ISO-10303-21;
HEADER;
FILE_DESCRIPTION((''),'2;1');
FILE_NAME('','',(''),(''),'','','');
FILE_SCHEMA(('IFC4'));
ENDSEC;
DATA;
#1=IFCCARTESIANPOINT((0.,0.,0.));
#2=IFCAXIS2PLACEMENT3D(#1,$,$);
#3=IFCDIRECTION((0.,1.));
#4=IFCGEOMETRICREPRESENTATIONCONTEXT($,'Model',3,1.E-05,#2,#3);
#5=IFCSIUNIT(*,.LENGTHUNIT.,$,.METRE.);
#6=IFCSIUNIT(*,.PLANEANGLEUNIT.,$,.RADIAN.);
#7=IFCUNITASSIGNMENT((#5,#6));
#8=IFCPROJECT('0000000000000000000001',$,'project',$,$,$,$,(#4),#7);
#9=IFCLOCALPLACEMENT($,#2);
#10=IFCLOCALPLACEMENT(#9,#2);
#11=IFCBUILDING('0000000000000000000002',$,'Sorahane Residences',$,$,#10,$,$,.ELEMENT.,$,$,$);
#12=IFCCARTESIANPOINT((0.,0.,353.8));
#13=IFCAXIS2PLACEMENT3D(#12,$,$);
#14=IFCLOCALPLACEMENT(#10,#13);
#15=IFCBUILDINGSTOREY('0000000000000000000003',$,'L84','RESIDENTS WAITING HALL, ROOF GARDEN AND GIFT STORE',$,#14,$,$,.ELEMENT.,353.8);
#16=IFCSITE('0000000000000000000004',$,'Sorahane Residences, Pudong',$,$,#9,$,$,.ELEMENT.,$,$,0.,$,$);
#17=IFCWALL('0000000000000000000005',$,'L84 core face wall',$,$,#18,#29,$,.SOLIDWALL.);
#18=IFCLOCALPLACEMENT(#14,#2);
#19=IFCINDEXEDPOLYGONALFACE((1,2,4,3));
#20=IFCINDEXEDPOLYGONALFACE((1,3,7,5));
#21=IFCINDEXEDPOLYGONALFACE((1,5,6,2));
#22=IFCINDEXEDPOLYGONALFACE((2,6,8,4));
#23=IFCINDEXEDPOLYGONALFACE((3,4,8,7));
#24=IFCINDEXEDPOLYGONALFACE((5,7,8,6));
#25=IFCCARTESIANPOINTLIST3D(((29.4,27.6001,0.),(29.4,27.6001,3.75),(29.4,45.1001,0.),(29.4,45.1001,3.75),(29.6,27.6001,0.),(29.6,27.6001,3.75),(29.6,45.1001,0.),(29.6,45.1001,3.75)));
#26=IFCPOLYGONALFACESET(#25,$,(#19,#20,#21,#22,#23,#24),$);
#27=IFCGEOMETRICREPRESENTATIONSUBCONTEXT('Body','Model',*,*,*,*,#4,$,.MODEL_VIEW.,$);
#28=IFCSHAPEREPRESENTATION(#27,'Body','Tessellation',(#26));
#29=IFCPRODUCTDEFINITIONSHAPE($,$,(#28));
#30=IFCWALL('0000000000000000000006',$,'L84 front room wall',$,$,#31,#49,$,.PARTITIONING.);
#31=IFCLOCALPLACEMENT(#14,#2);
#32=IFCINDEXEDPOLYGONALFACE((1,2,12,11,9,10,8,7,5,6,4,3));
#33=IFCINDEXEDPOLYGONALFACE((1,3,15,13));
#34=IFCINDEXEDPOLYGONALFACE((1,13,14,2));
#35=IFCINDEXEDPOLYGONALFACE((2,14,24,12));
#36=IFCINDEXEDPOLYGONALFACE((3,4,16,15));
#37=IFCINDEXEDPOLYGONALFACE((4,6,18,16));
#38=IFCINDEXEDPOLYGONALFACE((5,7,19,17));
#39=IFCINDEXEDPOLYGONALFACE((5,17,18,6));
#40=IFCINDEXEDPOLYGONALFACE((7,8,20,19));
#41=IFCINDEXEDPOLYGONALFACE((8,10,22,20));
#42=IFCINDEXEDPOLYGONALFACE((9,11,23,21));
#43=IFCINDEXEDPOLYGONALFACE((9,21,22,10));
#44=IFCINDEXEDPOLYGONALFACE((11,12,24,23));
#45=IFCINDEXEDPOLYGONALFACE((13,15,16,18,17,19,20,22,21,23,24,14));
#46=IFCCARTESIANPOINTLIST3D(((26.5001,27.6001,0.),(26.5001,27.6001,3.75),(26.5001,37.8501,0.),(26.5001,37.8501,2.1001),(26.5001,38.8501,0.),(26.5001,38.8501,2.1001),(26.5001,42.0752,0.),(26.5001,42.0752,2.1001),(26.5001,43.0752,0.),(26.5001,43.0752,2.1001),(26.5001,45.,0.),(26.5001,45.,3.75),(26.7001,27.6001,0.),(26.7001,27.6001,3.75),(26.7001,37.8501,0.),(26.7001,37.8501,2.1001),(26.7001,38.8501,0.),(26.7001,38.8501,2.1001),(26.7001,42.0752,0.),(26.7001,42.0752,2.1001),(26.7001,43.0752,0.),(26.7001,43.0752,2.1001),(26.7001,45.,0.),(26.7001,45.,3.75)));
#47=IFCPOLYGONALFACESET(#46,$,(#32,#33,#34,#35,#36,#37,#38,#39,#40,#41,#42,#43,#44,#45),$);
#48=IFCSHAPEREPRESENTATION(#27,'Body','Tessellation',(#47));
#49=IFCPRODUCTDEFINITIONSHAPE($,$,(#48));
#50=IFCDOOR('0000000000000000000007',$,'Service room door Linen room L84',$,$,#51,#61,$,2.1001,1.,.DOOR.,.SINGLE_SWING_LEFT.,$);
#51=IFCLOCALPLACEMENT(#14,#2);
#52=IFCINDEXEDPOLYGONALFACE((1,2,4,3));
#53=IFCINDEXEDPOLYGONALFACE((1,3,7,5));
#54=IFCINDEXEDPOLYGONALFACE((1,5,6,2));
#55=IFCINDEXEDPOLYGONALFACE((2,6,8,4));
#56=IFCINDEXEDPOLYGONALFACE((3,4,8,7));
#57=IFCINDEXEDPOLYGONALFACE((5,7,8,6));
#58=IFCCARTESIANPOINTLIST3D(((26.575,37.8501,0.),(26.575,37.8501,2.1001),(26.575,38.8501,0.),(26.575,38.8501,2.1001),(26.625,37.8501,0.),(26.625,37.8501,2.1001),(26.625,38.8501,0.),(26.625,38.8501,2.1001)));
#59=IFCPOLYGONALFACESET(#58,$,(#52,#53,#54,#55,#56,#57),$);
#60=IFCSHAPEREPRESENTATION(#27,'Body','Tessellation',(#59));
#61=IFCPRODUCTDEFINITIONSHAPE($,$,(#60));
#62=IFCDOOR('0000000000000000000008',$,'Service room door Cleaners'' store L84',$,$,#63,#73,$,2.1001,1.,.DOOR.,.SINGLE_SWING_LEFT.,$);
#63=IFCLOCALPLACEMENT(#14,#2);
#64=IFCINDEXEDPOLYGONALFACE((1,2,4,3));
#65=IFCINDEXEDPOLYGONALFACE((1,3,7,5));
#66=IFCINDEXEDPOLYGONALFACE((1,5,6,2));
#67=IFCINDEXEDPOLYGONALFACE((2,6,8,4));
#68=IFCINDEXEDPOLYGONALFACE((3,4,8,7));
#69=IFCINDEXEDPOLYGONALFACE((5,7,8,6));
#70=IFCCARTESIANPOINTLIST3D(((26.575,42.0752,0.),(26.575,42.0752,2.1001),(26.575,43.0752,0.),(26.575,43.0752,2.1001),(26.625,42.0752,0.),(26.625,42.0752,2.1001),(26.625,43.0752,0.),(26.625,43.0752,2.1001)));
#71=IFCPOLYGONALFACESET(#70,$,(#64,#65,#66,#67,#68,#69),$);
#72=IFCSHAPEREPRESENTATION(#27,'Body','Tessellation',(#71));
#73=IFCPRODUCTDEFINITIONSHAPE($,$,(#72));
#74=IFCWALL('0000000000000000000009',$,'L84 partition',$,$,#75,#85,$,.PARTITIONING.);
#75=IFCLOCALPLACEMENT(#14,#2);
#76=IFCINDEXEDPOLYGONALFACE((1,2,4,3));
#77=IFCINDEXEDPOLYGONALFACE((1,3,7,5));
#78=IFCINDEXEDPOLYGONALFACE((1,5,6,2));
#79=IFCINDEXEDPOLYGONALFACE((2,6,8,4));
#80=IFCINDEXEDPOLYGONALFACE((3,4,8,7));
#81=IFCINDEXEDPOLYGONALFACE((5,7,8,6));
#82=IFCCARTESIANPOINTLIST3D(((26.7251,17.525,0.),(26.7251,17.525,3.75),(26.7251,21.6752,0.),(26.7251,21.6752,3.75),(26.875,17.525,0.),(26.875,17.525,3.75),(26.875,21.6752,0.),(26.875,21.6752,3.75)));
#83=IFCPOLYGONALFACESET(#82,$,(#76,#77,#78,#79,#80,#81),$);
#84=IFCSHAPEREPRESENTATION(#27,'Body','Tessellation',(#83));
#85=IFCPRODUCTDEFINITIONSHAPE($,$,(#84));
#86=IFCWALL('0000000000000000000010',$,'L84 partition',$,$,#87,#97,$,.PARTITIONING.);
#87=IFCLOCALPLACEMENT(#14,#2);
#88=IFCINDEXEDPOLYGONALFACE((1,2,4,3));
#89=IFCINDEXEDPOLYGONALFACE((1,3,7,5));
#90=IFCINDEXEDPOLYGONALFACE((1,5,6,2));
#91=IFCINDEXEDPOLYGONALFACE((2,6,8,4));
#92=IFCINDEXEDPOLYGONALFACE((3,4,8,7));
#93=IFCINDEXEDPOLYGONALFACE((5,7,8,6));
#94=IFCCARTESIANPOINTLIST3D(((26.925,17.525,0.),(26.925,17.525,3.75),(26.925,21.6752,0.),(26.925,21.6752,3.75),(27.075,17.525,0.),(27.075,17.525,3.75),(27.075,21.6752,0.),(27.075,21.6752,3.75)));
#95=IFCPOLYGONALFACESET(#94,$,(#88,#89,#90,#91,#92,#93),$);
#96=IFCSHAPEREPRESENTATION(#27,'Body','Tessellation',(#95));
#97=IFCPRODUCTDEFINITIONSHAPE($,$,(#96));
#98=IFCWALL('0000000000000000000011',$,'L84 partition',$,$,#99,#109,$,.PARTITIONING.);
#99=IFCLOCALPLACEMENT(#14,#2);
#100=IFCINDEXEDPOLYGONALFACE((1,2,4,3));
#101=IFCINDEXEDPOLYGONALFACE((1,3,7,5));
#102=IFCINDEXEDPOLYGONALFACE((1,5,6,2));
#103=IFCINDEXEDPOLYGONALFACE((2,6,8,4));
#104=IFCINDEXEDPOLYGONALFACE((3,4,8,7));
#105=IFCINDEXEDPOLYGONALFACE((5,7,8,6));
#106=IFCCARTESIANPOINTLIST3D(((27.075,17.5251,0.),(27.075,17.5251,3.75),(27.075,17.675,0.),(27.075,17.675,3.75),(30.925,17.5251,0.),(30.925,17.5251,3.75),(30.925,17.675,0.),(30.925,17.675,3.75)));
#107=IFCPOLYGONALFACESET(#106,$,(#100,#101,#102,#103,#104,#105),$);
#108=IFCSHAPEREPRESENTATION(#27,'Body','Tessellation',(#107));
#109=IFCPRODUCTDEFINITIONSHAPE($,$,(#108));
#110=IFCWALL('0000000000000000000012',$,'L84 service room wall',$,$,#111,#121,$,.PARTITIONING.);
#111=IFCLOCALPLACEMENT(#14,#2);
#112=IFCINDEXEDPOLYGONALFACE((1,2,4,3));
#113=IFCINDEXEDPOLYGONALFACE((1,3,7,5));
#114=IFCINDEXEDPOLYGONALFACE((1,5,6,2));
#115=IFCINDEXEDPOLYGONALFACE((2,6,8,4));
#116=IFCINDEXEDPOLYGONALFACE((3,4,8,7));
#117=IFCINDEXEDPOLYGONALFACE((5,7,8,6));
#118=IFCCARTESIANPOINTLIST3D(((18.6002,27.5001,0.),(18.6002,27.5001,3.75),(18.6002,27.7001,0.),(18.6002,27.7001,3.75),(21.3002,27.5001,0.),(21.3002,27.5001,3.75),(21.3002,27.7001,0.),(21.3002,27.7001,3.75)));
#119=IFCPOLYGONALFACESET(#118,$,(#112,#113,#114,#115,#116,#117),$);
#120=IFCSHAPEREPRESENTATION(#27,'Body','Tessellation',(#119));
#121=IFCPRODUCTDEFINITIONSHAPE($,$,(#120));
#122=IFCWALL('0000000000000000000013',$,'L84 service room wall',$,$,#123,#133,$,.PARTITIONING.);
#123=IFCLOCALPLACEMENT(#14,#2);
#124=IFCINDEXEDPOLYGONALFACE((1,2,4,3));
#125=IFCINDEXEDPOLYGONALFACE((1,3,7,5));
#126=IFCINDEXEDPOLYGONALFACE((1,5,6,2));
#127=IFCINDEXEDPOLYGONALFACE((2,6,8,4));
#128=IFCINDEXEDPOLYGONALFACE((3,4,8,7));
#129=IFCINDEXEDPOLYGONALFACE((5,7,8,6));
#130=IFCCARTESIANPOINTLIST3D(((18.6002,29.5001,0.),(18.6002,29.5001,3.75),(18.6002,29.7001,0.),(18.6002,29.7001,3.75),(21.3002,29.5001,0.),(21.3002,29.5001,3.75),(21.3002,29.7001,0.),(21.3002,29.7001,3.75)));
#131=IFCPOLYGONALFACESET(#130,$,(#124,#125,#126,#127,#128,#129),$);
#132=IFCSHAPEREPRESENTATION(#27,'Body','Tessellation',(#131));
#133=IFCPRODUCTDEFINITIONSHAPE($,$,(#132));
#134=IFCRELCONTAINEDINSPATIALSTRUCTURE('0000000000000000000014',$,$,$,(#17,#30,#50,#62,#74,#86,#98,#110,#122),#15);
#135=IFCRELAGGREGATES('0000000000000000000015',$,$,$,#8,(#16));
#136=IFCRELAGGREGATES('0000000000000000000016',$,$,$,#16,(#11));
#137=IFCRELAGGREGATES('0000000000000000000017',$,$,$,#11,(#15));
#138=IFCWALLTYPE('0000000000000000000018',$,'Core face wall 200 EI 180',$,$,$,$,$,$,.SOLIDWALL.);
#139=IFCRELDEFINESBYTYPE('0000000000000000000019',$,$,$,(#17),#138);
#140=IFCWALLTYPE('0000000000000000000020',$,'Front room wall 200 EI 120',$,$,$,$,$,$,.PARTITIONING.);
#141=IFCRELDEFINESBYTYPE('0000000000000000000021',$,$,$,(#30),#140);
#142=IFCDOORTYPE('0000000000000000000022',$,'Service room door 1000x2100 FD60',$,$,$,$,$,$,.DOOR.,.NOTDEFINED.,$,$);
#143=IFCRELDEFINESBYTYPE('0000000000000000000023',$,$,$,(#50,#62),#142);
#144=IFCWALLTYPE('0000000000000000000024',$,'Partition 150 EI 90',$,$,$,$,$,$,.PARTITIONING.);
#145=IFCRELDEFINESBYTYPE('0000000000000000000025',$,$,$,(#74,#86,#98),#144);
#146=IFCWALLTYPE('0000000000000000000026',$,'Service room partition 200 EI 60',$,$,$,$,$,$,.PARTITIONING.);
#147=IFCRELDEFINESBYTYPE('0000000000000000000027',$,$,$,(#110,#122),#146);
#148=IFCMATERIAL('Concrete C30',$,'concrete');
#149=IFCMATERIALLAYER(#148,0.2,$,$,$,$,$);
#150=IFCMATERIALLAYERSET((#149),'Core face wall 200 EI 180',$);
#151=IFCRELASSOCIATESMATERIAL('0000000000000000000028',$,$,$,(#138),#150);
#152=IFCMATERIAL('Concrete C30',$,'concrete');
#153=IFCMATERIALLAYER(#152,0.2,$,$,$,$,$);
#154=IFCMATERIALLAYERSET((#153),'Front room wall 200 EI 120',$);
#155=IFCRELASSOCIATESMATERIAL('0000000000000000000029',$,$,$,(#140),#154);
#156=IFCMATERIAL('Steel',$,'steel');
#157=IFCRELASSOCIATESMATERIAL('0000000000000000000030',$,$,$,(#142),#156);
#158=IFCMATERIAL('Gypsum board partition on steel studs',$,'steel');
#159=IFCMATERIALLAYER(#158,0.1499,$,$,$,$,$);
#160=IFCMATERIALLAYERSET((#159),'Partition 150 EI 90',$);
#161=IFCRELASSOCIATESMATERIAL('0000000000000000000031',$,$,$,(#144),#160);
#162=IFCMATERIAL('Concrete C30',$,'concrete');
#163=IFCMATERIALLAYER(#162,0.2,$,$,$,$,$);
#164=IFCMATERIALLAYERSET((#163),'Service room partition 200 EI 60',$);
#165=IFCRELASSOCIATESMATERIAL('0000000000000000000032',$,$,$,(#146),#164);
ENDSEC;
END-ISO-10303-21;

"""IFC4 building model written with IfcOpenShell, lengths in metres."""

from ifc_helpers import new_model, si_unit, direction, frame, frame_2d, origin, place, context, subcontext, project, spatial, rectangle, extrude, material, layer, layer_set, type_object, element, fill, save


model = new_model("IFC4")

# Units and contexts
model_context = context("Model", 3, precision=1e-05, world=origin(), true_north=direction((0.0, 1.0)))
body_context = subcontext(model_context, "Body", "Model", "MODEL_VIEW")
ifc_project = project(units=[si_unit("LENGTHUNIT", "METRE"), si_unit("PLANEANGLEUNIT", "RADIAN")], contexts=[model_context])

# Site, building, storey
site_placement = place(None, origin())
site = spatial("IfcSite", under=ifc_project, at=site_placement, Name="Sorahane Residences, Pudong", CompositionType="ELEMENT", RefElevation=0.0)
building_placement = place(site_placement, origin())
building = spatial("IfcBuilding", under=site, at=building_placement, Name="Sorahane Residences", CompositionType="ELEMENT")
storey_placement = place(building_placement, frame((0.0, 0.0, 353.8)))
storey = spatial("IfcBuildingStorey", under=building, at=storey_placement, Name="L84", Description="RESIDENTS WAITING HALL, ROOF GARDEN AND GIFT STORE", CompositionType="ELEMENT", Elevation=353.8)

# Wall
ifc_material_1 = material(Name="Concrete C30", Category="concrete")
ifc_layer_1 = layer(ifc_material_1, 0.2)
ifc_layer_set_1 = layer_set([ifc_layer_1], Name="Core face wall 200 EI 180")
wall_type_1 = type_object("IfcWallType", Name="Core face wall 200 EI 180", PredefinedType="SOLIDWALL", material=ifc_layer_set_1)
for number, where, z_axis, x_axis, name in (
    (1, (29.5, 27.6001, 0.0), (0.0, 0.0, 1.0), (0.0, 1.0, 0.0), "L84 core face wall"),
):
    element("IfcWall", number, at=place(storey_placement, frame(where, z_axis=z_axis, x_axis=x_axis)), inside=storey, type_object=wall_type_1, Name=name, PredefinedType="SOLIDWALL", context=body_context, shape_type="SweptSolid", body=[
        extrude(rectangle(XDim=17.5, YDim=0.2, at=frame_2d((8.75, 0.0))), origin(), (0.0, 0.0, 1.0), 3.75),
    ])

# Wall, openings, doors
ifc_material_2 = material(Name="Concrete C30", Category="concrete")
ifc_layer_2 = layer(ifc_material_2, 0.2)
ifc_layer_set_2 = layer_set([ifc_layer_2], Name="Front room wall 200 EI 120")
wall_type_2 = type_object("IfcWallType", Name="Front room wall 200 EI 120", PredefinedType="PARTITIONING", material=ifc_layer_set_2)
wall_1_placement = place(storey_placement, frame((26.6001, 27.6001, 0.0), z_axis=(0.0, 0.0, 1.0), x_axis=(0.0, 1.0, 0.0)))
wall_1 = element("IfcWall", 2, at=wall_1_placement, inside=storey, type_object=wall_type_2, Name="L84 front room wall", PredefinedType="PARTITIONING", context=body_context, shape_type="SweptSolid", body=[
    extrude(rectangle(XDim=17.3999, YDim=0.2, at=frame_2d((8.7, 0.0))), origin(), (0.0, 0.0, 1.0), 3.75),
])
opening_1_placement = place(wall_1_placement, frame((10.25, 0.0, 0.0)))
opening_1 = element("IfcOpeningElement", 3, at=opening_1_placement, cuts=wall_1, PredefinedType="OPENING", context=body_context, shape_type="SweptSolid", body=[
    extrude(rectangle(XDim=1.0, YDim=2.1001, at=frame_2d((0.5, 1.05))), frame((0.0, 0.1099, 0.0), z_axis=(0.0, -1.0, 0.0), x_axis=(1.0, 0.0, 0.0)), (0.0, 0.0, 1.0), 0.22),
])
opening_2_placement = place(wall_1_placement, frame((14.4751, 0.0, 0.0)))
opening_2 = element("IfcOpeningElement", 4, at=opening_2_placement, cuts=wall_1, PredefinedType="OPENING", context=body_context, shape_type="SweptSolid", body=[
    extrude(rectangle(XDim=1.0, YDim=2.1001, at=frame_2d((0.5, 1.05))), frame((0.0, 0.1099, 0.0), z_axis=(0.0, -1.0, 0.0), x_axis=(1.0, 0.0, 0.0)), (0.0, 0.0, 1.0), 0.22),
])
ifc_material_3 = material(Name="Steel", Category="steel")
door_type_1 = type_object("IfcDoorType", Name="Service room door 1000x2100 FD60", OperationType="NOTDEFINED", PredefinedType="DOOR", material=ifc_material_3)
door_1_placement = place(opening_1_placement, frame((1.0, 0.0, 0.0), z_axis=(0.0, 0.0, 1.0), x_axis=(-1.0, 0.0, 0.0)))
door_1 = element("IfcDoor", 5, at=door_1_placement, inside=storey, type_object=door_type_1, Name="Service room door Linen room L84", OperationType="SINGLE_SWING_LEFT", OverallHeight=2.1001, OverallWidth=1.0, PredefinedType="DOOR", context=body_context, shape_type="SweptSolid", body=[
    extrude(rectangle(XDim=1.0, YDim=2.1001, at=frame_2d((0.5, 1.05))), frame((0.0, 0.0249, 0.0), z_axis=(0.0, -1.0, 0.0), x_axis=(1.0, 0.0, 0.0)), (0.0, 0.0, 1.0), 0.05),
])
fill(opening_1, door_1)
door_2_placement = place(opening_2_placement, frame((1.0, 0.0, 0.0), z_axis=(0.0, 0.0, 1.0), x_axis=(-1.0, 0.0, 0.0)))
door_2 = element("IfcDoor", 6, at=door_2_placement, inside=storey, type_object=door_type_1, Name="Service room door Cleaners' store L84", OperationType="SINGLE_SWING_LEFT", OverallHeight=2.1001, OverallWidth=1.0, PredefinedType="DOOR", context=body_context, shape_type="SweptSolid", body=[
    extrude(rectangle(XDim=1.0, YDim=2.1001, at=frame_2d((0.5, 1.05))), frame((0.0, 0.0249, 0.0), z_axis=(0.0, -1.0, 0.0), x_axis=(1.0, 0.0, 0.0)), (0.0, 0.0, 1.0), 0.05),
])
fill(opening_2, door_2)

# Walls
ifc_material_4 = material(Name="Gypsum board partition on steel studs", Category="steel")
ifc_layer_3 = layer(ifc_material_4, 0.1499)
ifc_layer_set_3 = layer_set([ifc_layer_3], Name="Partition 150 EI 90")
wall_type_3 = type_object("IfcWallType", Name="Partition 150 EI 90", PredefinedType="PARTITIONING", material=ifc_layer_set_3)
for number, where, z_axis, x_axis, name in (
    (7, (26.8, 17.5249, 0.0), (0.0, 0.0, 1.0), (0.0, 1.0, 0.0), "L84 partition"),
    (8, (27.0, 17.5249, 0.0), (0.0, 0.0, 1.0), (0.0, 1.0, 0.0), "L84 partition"),
):
    element("IfcWall", number, at=place(storey_placement, frame(where, z_axis=z_axis, x_axis=x_axis)), inside=storey, type_object=wall_type_3, Name=name, PredefinedType="PARTITIONING", context=body_context, shape_type="SweptSolid", body=[
        extrude(rectangle(XDim=4.1501, YDim=0.1499, at=frame_2d((2.0752, 0.0))), origin(), (0.0, 0.0, 1.0), 3.75),
    ])
wall_2_placement = place(storey_placement, frame((27.075, 17.6001, 0.0), z_axis=(0.0, 0.0, 1.0), x_axis=(1.0, 0.0, 0.0)))
element("IfcWall", 9, at=wall_2_placement, inside=storey, type_object=wall_type_3, Name="L84 partition", PredefinedType="PARTITIONING", context=body_context, shape_type="SweptSolid", body=[
    extrude(rectangle(XDim=3.8501, YDim=0.1499, at=frame_2d((1.925, 0.0))), origin(), (0.0, 0.0, 1.0), 3.75),
])

# Walls
ifc_material_5 = material(Name="Concrete C30", Category="concrete")
ifc_layer_4 = layer(ifc_material_5, 0.2)
ifc_layer_set_4 = layer_set([ifc_layer_4], Name="Service room partition 200 EI 60")
wall_type_4 = type_object("IfcWallType", Name="Service room partition 200 EI 60", PredefinedType="PARTITIONING", material=ifc_layer_set_4)
for number, where, z_axis, x_axis, name in (
    (10, (18.6001, 27.6001, 0.0), (0.0, 0.0, 1.0), (1.0, 0.0, 0.0), "L84 service room wall"),
    (11, (18.6001, 29.6001, 0.0), (0.0, 0.0, 1.0), (1.0, 0.0, 0.0), "L84 service room wall"),
):
    element("IfcWall", number, at=place(storey_placement, frame(where, z_axis=z_axis, x_axis=x_axis)), inside=storey, type_object=wall_type_4, Name=name, PredefinedType="PARTITIONING", context=body_context, shape_type="SweptSolid", body=[
        extrude(rectangle(XDim=2.7, YDim=0.2, at=frame_2d((1.3501, 0.0))), origin(), (0.0, 0.0, 1.0), 3.75),
    ])

save(model, "model.ifc")
